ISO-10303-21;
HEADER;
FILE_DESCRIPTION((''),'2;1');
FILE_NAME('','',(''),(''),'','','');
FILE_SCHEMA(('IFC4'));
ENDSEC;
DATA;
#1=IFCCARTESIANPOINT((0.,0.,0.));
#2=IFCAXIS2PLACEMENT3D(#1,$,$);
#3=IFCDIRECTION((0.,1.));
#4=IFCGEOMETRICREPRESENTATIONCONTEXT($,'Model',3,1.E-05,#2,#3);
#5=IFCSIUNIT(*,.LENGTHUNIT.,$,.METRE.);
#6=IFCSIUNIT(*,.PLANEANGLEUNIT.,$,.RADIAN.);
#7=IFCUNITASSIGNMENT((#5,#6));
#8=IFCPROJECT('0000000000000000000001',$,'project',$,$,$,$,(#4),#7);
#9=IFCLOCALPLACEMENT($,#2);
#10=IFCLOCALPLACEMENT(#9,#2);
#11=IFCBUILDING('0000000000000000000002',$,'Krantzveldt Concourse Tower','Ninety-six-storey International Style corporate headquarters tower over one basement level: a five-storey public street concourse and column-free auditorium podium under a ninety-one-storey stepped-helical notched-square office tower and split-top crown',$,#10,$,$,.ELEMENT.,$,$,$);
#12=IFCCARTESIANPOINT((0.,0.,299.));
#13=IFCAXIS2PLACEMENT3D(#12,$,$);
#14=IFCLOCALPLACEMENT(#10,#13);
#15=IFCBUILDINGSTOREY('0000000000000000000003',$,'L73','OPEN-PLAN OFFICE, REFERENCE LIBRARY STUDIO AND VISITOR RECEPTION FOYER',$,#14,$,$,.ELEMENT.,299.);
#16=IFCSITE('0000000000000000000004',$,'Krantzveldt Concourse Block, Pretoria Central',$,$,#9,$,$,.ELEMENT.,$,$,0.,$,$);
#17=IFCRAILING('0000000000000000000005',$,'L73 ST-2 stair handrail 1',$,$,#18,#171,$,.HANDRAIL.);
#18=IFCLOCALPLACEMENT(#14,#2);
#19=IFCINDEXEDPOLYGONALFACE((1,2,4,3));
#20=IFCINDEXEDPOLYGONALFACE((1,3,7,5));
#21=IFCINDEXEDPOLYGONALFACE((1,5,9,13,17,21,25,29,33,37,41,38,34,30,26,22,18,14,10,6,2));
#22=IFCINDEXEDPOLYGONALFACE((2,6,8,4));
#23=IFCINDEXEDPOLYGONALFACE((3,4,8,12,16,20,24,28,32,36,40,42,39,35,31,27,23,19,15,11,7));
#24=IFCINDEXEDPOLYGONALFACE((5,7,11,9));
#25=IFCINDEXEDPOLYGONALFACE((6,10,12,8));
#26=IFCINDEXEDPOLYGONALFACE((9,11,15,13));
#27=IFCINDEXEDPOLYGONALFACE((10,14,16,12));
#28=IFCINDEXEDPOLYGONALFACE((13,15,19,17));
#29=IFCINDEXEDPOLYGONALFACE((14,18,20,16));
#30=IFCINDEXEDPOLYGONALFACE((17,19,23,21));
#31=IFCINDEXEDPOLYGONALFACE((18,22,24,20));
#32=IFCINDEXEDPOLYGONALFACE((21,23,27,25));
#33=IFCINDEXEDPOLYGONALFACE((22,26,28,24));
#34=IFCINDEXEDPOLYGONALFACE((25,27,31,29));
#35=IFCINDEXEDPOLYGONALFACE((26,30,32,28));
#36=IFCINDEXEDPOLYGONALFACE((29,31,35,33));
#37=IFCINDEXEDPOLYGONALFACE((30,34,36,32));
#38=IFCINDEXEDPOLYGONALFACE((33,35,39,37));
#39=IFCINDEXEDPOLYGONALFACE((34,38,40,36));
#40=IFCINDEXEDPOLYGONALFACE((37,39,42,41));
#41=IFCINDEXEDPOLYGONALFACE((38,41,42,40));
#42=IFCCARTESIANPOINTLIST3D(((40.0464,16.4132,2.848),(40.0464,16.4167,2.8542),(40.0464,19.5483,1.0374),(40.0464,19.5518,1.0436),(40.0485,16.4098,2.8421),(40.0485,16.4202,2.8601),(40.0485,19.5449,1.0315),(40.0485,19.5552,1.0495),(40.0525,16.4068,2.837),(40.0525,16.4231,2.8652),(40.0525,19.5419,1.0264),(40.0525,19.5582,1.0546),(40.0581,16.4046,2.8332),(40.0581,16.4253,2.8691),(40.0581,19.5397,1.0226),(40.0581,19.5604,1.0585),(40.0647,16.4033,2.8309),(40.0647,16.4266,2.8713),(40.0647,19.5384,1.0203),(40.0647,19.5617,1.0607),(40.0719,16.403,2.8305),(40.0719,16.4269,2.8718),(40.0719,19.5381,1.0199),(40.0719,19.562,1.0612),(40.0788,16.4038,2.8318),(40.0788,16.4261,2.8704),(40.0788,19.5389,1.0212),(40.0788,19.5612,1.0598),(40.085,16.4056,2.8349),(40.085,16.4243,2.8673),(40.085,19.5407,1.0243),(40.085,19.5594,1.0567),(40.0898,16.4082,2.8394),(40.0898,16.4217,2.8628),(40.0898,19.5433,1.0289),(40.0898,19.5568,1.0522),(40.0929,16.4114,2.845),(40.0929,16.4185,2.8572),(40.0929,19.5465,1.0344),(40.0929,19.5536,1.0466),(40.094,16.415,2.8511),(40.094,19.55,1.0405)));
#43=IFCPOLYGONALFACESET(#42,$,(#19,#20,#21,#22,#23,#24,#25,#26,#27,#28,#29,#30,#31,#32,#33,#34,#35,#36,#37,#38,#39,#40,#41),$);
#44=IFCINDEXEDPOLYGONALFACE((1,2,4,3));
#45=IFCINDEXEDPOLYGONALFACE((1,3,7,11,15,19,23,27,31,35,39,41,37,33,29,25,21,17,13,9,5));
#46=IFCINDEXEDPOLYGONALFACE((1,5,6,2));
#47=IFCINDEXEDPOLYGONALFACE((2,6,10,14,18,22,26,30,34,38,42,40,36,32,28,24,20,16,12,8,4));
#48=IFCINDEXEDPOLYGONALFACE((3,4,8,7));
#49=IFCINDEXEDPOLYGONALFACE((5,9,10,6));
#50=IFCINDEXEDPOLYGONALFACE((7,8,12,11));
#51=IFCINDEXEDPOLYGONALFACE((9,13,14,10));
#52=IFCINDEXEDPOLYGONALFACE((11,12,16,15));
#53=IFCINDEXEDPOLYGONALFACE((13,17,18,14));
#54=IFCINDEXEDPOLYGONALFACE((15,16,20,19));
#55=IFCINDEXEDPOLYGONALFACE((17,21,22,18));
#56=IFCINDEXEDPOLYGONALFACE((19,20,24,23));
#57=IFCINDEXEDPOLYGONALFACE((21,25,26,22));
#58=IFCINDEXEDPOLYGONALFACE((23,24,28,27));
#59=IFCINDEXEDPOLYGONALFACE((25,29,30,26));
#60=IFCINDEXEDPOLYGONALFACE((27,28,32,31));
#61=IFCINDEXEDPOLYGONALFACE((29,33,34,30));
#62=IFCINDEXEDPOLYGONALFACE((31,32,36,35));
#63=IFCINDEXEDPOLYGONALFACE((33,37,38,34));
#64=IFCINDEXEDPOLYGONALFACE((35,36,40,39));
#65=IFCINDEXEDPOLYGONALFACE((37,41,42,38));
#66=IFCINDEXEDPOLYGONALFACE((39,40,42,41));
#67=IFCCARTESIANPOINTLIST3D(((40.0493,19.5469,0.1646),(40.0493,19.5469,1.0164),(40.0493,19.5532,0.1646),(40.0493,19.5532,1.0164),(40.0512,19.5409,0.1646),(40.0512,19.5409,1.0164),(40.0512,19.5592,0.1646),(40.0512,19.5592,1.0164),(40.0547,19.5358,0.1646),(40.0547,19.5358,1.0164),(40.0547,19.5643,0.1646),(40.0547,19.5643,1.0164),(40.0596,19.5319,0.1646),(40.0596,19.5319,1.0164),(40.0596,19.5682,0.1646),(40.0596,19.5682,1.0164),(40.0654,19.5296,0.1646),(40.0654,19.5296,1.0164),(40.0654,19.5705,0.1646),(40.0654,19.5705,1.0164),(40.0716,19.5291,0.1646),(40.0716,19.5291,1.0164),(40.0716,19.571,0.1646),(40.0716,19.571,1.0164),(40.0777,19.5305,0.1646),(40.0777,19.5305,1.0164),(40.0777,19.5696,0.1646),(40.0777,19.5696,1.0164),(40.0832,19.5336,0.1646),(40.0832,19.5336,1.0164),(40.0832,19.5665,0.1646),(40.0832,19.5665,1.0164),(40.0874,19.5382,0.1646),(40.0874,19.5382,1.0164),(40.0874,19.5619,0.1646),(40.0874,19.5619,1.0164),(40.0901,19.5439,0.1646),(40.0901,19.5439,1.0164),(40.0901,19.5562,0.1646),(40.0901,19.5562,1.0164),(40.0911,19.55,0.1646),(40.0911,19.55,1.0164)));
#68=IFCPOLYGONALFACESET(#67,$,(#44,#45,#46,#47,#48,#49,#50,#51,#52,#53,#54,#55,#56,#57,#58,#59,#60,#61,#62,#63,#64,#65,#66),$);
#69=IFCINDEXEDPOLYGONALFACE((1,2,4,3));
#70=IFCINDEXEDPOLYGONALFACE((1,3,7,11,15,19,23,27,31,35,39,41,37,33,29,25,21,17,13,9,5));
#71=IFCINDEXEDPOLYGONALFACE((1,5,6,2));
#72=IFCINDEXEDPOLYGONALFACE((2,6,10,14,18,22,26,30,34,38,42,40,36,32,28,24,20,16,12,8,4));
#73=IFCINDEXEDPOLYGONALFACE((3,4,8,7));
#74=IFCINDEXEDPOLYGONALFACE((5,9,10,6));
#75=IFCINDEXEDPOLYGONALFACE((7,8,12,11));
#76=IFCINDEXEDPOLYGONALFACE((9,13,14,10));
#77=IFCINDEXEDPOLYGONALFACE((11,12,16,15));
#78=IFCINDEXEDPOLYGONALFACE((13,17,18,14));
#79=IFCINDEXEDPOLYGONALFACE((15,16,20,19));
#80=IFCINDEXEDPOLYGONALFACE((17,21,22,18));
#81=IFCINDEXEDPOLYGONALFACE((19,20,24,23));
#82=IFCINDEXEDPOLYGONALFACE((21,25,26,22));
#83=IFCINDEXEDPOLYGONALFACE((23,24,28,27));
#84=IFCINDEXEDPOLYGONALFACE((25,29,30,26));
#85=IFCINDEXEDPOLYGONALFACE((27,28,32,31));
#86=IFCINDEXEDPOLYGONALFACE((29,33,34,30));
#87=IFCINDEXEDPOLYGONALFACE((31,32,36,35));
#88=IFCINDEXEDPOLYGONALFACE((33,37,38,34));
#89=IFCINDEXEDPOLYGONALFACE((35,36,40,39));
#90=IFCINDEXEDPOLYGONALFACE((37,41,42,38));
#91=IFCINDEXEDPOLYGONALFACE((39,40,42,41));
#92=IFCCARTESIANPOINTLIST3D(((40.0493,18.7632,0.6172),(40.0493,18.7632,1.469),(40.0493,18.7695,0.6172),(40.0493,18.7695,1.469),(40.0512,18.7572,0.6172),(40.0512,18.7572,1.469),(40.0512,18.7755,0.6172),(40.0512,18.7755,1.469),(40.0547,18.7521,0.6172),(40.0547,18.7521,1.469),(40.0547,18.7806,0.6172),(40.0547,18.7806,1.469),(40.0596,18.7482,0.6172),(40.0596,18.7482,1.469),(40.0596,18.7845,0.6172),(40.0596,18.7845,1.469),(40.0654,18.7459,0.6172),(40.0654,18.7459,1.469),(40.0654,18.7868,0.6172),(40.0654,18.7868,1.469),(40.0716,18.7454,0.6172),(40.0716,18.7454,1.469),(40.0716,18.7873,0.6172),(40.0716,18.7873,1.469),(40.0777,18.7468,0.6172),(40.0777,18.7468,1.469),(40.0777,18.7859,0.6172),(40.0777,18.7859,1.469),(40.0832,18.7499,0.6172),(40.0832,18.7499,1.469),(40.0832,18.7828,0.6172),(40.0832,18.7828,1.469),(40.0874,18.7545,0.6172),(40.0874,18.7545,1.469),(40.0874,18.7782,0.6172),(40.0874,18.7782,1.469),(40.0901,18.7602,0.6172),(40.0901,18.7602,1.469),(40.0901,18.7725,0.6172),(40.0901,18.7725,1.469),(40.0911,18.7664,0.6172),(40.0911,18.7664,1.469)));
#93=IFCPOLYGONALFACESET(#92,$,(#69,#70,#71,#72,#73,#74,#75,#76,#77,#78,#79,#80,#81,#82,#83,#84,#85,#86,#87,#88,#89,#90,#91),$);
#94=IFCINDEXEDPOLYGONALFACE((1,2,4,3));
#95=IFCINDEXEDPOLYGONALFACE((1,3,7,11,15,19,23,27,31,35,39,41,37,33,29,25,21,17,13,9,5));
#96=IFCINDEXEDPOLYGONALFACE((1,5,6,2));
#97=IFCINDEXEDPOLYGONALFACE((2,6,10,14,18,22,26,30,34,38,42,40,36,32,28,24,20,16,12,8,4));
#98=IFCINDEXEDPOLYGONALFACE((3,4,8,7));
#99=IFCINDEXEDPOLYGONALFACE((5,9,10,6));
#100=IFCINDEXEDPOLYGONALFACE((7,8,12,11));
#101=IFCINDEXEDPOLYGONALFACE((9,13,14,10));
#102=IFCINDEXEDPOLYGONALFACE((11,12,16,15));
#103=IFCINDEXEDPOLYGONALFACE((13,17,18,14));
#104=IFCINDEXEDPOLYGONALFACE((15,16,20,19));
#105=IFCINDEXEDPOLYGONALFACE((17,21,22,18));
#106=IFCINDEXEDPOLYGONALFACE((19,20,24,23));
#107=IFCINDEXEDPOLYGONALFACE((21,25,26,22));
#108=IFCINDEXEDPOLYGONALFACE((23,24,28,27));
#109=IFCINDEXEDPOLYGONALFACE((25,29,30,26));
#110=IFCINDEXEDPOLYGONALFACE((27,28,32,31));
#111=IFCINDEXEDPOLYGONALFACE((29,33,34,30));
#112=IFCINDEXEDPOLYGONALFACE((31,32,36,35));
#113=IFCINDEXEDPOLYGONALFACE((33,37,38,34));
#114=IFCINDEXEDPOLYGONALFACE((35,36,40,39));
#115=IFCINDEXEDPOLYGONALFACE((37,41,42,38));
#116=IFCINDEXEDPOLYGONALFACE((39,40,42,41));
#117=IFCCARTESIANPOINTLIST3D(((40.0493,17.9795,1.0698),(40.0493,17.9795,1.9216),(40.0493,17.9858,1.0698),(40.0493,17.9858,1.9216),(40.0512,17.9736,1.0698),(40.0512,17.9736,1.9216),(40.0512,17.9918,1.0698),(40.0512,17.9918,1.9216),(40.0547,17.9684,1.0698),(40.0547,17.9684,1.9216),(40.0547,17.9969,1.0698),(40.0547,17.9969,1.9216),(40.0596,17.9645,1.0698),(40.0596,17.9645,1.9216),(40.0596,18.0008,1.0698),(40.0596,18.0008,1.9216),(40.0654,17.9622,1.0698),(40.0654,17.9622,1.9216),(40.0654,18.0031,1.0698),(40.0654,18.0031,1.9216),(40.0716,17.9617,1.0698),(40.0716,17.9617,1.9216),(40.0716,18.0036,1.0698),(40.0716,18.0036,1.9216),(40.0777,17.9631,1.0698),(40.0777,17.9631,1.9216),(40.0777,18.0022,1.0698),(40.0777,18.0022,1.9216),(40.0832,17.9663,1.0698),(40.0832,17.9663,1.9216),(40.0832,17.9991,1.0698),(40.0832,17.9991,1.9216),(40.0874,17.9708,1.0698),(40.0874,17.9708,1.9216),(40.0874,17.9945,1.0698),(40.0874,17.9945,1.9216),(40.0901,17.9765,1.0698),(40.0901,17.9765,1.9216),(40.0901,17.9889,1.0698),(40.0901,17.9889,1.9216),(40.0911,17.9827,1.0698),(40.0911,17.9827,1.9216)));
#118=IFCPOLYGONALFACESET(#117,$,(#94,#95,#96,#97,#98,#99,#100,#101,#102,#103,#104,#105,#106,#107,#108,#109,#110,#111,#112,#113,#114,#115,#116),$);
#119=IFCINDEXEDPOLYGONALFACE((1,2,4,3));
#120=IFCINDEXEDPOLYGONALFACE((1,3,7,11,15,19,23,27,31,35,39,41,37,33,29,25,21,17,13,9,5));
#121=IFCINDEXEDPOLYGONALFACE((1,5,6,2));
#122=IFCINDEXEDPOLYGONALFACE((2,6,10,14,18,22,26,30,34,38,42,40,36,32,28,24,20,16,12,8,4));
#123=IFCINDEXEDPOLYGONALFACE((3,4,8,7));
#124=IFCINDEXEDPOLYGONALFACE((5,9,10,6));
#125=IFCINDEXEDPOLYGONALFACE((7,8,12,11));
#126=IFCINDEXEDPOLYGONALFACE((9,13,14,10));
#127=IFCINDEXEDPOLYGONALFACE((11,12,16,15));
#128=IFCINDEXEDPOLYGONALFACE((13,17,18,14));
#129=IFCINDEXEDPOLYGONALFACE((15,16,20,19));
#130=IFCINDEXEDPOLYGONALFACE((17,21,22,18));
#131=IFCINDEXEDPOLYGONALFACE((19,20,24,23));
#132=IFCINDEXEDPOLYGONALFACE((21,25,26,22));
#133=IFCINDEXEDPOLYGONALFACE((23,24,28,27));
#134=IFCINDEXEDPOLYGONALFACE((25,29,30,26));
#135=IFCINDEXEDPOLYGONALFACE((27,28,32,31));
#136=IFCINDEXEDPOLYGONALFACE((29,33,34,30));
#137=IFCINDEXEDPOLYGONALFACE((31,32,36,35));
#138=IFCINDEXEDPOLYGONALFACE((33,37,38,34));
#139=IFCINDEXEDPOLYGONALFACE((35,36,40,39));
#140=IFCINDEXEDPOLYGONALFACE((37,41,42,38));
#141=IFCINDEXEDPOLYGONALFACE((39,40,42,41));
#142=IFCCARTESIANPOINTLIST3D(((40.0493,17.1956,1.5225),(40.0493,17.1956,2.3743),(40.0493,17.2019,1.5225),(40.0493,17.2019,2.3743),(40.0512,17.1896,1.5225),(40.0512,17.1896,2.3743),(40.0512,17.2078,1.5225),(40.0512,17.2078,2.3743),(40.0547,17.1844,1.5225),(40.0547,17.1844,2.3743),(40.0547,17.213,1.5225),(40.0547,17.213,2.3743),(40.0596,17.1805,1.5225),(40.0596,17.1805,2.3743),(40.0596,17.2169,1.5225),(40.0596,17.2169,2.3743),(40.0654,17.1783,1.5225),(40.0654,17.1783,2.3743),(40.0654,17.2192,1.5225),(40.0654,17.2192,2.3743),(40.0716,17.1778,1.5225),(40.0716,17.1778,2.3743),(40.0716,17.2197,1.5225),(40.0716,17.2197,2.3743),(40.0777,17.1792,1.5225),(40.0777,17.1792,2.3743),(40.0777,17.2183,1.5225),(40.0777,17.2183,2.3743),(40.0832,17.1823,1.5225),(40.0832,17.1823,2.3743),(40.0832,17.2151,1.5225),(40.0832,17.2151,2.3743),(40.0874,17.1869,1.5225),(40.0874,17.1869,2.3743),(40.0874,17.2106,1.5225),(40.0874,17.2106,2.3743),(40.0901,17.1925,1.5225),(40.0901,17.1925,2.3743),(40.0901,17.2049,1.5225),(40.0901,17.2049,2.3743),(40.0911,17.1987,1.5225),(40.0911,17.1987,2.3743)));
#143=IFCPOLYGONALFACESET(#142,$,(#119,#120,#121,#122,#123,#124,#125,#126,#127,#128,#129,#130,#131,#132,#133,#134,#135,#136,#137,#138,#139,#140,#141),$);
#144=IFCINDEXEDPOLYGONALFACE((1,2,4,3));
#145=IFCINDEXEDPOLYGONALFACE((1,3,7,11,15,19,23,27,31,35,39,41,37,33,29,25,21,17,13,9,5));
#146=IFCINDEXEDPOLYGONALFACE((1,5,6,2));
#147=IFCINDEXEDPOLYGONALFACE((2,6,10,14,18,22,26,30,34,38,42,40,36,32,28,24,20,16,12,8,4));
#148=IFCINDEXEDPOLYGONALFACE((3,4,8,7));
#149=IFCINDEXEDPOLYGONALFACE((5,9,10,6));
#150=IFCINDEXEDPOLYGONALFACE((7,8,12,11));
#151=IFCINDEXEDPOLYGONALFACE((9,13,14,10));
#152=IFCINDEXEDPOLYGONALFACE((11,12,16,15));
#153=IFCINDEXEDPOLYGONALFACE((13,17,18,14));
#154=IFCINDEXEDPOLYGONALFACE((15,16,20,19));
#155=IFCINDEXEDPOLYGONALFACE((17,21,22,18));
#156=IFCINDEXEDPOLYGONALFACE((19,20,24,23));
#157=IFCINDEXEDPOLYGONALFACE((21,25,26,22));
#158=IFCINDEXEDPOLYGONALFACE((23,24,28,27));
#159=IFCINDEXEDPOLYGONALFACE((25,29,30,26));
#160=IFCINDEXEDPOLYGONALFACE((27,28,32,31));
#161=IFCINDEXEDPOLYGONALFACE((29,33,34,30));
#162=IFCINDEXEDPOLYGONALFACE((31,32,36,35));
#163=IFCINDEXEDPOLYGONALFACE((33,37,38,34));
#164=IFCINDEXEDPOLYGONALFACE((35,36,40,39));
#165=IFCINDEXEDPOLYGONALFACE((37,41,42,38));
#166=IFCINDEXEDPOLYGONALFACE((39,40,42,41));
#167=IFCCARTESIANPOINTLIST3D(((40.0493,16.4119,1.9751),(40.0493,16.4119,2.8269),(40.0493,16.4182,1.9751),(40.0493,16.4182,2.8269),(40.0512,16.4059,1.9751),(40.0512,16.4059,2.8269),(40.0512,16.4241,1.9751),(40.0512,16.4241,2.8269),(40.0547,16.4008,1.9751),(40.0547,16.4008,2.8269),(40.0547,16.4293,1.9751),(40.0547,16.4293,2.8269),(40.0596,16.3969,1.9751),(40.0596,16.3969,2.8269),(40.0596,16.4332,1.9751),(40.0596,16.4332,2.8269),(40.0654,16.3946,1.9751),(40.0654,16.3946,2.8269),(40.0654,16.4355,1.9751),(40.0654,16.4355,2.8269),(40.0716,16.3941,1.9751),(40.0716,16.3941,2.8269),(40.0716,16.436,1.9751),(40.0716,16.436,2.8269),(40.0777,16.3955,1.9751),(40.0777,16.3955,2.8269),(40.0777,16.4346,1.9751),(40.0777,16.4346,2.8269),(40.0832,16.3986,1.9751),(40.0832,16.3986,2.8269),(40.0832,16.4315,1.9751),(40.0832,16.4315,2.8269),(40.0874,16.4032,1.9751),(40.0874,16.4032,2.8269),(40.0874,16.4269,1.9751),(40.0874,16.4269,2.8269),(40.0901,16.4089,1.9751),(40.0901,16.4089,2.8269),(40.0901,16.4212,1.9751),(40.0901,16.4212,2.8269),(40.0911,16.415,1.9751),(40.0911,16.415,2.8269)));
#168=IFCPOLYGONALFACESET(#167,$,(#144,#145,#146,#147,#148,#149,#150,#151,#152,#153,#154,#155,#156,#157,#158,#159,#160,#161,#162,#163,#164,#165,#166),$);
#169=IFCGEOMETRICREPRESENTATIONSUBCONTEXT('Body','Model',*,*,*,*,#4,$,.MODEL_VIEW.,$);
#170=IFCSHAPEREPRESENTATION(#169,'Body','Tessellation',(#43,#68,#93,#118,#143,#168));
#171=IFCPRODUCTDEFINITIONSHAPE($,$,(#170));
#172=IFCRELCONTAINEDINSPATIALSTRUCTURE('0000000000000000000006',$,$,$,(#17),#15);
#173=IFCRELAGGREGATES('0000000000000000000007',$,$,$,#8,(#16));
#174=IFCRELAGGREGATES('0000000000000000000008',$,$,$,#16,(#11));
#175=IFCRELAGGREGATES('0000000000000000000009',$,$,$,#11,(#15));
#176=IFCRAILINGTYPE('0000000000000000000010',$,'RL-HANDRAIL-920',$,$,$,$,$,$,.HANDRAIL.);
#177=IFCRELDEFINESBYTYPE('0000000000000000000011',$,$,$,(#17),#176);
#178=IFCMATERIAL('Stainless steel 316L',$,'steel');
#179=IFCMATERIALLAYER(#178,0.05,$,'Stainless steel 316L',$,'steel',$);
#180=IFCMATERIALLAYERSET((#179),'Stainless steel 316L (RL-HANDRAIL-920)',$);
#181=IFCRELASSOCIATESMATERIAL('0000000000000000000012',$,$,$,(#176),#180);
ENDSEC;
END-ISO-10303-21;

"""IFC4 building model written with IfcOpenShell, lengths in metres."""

from ifc_helpers import new_model, si_unit, direction, frame, origin, origin_2d, place, context, subcontext, project, spatial, circle, extrude, material, layer, layer_set, type_object, element, save


model = new_model("IFC4")

# Units and contexts
model_context = context("Model", 3, precision=1e-05, world=origin(), true_north=direction((0.0, 1.0)))
body_context = subcontext(model_context, "Body", "Model", "MODEL_VIEW")
ifc_project = project(units=[si_unit("LENGTHUNIT", "METRE"), si_unit("PLANEANGLEUNIT", "RADIAN")], contexts=[model_context])

# Site, building, storey
site_placement = place(None, origin())
site = spatial("IfcSite", under=ifc_project, at=site_placement, Name="Krantzveldt Concourse Block, Pretoria Central", CompositionType="ELEMENT", RefElevation=0.0)
building_placement = place(site_placement, origin())
building = spatial("IfcBuilding", under=site, at=building_placement, Name="Krantzveldt Concourse Tower", Description="Ninety-six-storey International Style corporate headquarters tower over one basement level: a five-storey public street concourse and column-free auditorium podium under a ninety-one-storey stepped-helical notched-square office tower and split-top crown", CompositionType="ELEMENT")
storey_placement = place(building_placement, frame((0.0, 0.0, 299.0)))
storey = spatial("IfcBuildingStorey", under=building, at=storey_placement, Name="L73", Description="OPEN-PLAN OFFICE, REFERENCE LIBRARY STUDIO AND VISITOR RECEPTION FOYER", CompositionType="ELEMENT", Elevation=299.0)

# Shared definitions
ifc_material_1 = material(Name="Stainless steel 316L", Category="steel")

# Railing
ifc_layer_1 = layer(ifc_material_1, 0.05, Name="Stainless steel 316L", Category="steel")
ifc_layer_set_1 = layer_set([ifc_layer_1], Name="Stainless steel 316L (RL-HANDRAIL-920)")
railing_type_1 = type_object("IfcRailingType", Name="RL-HANDRAIL-920", PredefinedType="HANDRAIL", material=ifc_layer_set_1)
railing_1_placement = place(storey_placement, frame((40.0701, 19.55, 0.1646)))
element("IfcRailing", 1, at=railing_1_placement, inside=storey, type_object=railing_type_1, Name="L73 ST-2 stair handrail 1", PredefinedType="HANDRAIL", context=body_context, shape_type="SweptSolid", body=[
    extrude(circle(Radius=0.0239, at=origin_2d()), frame((0.0, 0.0, 0.876), z_axis=(0.0, -0.86596, 0.500114), x_axis=(1.0, 0.0, 0.0)), (0.0, 0.0, 1.0), 3.6204),
    extrude(circle(Radius=0.021, at=origin_2d()), origin(), (0.0, 0.0, 1.0), 0.8518),
    extrude(circle(Radius=0.021, at=origin_2d()), frame((0.0, -0.7837, 0.4526)), (0.0, 0.0, 1.0), 0.8518),
    extrude(circle(Radius=0.021, at=origin_2d()), frame((0.0, -1.5674, 0.9053)), (0.0, 0.0, 1.0), 0.8518),
    extrude(circle(Radius=0.021, at=origin_2d()), frame((0.0, -2.3513, 1.3579)), (0.0, 0.0, 1.0), 0.8518),
    extrude(circle(Radius=0.021, at=origin_2d()), frame((0.0, -3.135, 1.8105)), (0.0, 0.0, 1.0), 0.8518),
])

save(model, "model.ifc")
